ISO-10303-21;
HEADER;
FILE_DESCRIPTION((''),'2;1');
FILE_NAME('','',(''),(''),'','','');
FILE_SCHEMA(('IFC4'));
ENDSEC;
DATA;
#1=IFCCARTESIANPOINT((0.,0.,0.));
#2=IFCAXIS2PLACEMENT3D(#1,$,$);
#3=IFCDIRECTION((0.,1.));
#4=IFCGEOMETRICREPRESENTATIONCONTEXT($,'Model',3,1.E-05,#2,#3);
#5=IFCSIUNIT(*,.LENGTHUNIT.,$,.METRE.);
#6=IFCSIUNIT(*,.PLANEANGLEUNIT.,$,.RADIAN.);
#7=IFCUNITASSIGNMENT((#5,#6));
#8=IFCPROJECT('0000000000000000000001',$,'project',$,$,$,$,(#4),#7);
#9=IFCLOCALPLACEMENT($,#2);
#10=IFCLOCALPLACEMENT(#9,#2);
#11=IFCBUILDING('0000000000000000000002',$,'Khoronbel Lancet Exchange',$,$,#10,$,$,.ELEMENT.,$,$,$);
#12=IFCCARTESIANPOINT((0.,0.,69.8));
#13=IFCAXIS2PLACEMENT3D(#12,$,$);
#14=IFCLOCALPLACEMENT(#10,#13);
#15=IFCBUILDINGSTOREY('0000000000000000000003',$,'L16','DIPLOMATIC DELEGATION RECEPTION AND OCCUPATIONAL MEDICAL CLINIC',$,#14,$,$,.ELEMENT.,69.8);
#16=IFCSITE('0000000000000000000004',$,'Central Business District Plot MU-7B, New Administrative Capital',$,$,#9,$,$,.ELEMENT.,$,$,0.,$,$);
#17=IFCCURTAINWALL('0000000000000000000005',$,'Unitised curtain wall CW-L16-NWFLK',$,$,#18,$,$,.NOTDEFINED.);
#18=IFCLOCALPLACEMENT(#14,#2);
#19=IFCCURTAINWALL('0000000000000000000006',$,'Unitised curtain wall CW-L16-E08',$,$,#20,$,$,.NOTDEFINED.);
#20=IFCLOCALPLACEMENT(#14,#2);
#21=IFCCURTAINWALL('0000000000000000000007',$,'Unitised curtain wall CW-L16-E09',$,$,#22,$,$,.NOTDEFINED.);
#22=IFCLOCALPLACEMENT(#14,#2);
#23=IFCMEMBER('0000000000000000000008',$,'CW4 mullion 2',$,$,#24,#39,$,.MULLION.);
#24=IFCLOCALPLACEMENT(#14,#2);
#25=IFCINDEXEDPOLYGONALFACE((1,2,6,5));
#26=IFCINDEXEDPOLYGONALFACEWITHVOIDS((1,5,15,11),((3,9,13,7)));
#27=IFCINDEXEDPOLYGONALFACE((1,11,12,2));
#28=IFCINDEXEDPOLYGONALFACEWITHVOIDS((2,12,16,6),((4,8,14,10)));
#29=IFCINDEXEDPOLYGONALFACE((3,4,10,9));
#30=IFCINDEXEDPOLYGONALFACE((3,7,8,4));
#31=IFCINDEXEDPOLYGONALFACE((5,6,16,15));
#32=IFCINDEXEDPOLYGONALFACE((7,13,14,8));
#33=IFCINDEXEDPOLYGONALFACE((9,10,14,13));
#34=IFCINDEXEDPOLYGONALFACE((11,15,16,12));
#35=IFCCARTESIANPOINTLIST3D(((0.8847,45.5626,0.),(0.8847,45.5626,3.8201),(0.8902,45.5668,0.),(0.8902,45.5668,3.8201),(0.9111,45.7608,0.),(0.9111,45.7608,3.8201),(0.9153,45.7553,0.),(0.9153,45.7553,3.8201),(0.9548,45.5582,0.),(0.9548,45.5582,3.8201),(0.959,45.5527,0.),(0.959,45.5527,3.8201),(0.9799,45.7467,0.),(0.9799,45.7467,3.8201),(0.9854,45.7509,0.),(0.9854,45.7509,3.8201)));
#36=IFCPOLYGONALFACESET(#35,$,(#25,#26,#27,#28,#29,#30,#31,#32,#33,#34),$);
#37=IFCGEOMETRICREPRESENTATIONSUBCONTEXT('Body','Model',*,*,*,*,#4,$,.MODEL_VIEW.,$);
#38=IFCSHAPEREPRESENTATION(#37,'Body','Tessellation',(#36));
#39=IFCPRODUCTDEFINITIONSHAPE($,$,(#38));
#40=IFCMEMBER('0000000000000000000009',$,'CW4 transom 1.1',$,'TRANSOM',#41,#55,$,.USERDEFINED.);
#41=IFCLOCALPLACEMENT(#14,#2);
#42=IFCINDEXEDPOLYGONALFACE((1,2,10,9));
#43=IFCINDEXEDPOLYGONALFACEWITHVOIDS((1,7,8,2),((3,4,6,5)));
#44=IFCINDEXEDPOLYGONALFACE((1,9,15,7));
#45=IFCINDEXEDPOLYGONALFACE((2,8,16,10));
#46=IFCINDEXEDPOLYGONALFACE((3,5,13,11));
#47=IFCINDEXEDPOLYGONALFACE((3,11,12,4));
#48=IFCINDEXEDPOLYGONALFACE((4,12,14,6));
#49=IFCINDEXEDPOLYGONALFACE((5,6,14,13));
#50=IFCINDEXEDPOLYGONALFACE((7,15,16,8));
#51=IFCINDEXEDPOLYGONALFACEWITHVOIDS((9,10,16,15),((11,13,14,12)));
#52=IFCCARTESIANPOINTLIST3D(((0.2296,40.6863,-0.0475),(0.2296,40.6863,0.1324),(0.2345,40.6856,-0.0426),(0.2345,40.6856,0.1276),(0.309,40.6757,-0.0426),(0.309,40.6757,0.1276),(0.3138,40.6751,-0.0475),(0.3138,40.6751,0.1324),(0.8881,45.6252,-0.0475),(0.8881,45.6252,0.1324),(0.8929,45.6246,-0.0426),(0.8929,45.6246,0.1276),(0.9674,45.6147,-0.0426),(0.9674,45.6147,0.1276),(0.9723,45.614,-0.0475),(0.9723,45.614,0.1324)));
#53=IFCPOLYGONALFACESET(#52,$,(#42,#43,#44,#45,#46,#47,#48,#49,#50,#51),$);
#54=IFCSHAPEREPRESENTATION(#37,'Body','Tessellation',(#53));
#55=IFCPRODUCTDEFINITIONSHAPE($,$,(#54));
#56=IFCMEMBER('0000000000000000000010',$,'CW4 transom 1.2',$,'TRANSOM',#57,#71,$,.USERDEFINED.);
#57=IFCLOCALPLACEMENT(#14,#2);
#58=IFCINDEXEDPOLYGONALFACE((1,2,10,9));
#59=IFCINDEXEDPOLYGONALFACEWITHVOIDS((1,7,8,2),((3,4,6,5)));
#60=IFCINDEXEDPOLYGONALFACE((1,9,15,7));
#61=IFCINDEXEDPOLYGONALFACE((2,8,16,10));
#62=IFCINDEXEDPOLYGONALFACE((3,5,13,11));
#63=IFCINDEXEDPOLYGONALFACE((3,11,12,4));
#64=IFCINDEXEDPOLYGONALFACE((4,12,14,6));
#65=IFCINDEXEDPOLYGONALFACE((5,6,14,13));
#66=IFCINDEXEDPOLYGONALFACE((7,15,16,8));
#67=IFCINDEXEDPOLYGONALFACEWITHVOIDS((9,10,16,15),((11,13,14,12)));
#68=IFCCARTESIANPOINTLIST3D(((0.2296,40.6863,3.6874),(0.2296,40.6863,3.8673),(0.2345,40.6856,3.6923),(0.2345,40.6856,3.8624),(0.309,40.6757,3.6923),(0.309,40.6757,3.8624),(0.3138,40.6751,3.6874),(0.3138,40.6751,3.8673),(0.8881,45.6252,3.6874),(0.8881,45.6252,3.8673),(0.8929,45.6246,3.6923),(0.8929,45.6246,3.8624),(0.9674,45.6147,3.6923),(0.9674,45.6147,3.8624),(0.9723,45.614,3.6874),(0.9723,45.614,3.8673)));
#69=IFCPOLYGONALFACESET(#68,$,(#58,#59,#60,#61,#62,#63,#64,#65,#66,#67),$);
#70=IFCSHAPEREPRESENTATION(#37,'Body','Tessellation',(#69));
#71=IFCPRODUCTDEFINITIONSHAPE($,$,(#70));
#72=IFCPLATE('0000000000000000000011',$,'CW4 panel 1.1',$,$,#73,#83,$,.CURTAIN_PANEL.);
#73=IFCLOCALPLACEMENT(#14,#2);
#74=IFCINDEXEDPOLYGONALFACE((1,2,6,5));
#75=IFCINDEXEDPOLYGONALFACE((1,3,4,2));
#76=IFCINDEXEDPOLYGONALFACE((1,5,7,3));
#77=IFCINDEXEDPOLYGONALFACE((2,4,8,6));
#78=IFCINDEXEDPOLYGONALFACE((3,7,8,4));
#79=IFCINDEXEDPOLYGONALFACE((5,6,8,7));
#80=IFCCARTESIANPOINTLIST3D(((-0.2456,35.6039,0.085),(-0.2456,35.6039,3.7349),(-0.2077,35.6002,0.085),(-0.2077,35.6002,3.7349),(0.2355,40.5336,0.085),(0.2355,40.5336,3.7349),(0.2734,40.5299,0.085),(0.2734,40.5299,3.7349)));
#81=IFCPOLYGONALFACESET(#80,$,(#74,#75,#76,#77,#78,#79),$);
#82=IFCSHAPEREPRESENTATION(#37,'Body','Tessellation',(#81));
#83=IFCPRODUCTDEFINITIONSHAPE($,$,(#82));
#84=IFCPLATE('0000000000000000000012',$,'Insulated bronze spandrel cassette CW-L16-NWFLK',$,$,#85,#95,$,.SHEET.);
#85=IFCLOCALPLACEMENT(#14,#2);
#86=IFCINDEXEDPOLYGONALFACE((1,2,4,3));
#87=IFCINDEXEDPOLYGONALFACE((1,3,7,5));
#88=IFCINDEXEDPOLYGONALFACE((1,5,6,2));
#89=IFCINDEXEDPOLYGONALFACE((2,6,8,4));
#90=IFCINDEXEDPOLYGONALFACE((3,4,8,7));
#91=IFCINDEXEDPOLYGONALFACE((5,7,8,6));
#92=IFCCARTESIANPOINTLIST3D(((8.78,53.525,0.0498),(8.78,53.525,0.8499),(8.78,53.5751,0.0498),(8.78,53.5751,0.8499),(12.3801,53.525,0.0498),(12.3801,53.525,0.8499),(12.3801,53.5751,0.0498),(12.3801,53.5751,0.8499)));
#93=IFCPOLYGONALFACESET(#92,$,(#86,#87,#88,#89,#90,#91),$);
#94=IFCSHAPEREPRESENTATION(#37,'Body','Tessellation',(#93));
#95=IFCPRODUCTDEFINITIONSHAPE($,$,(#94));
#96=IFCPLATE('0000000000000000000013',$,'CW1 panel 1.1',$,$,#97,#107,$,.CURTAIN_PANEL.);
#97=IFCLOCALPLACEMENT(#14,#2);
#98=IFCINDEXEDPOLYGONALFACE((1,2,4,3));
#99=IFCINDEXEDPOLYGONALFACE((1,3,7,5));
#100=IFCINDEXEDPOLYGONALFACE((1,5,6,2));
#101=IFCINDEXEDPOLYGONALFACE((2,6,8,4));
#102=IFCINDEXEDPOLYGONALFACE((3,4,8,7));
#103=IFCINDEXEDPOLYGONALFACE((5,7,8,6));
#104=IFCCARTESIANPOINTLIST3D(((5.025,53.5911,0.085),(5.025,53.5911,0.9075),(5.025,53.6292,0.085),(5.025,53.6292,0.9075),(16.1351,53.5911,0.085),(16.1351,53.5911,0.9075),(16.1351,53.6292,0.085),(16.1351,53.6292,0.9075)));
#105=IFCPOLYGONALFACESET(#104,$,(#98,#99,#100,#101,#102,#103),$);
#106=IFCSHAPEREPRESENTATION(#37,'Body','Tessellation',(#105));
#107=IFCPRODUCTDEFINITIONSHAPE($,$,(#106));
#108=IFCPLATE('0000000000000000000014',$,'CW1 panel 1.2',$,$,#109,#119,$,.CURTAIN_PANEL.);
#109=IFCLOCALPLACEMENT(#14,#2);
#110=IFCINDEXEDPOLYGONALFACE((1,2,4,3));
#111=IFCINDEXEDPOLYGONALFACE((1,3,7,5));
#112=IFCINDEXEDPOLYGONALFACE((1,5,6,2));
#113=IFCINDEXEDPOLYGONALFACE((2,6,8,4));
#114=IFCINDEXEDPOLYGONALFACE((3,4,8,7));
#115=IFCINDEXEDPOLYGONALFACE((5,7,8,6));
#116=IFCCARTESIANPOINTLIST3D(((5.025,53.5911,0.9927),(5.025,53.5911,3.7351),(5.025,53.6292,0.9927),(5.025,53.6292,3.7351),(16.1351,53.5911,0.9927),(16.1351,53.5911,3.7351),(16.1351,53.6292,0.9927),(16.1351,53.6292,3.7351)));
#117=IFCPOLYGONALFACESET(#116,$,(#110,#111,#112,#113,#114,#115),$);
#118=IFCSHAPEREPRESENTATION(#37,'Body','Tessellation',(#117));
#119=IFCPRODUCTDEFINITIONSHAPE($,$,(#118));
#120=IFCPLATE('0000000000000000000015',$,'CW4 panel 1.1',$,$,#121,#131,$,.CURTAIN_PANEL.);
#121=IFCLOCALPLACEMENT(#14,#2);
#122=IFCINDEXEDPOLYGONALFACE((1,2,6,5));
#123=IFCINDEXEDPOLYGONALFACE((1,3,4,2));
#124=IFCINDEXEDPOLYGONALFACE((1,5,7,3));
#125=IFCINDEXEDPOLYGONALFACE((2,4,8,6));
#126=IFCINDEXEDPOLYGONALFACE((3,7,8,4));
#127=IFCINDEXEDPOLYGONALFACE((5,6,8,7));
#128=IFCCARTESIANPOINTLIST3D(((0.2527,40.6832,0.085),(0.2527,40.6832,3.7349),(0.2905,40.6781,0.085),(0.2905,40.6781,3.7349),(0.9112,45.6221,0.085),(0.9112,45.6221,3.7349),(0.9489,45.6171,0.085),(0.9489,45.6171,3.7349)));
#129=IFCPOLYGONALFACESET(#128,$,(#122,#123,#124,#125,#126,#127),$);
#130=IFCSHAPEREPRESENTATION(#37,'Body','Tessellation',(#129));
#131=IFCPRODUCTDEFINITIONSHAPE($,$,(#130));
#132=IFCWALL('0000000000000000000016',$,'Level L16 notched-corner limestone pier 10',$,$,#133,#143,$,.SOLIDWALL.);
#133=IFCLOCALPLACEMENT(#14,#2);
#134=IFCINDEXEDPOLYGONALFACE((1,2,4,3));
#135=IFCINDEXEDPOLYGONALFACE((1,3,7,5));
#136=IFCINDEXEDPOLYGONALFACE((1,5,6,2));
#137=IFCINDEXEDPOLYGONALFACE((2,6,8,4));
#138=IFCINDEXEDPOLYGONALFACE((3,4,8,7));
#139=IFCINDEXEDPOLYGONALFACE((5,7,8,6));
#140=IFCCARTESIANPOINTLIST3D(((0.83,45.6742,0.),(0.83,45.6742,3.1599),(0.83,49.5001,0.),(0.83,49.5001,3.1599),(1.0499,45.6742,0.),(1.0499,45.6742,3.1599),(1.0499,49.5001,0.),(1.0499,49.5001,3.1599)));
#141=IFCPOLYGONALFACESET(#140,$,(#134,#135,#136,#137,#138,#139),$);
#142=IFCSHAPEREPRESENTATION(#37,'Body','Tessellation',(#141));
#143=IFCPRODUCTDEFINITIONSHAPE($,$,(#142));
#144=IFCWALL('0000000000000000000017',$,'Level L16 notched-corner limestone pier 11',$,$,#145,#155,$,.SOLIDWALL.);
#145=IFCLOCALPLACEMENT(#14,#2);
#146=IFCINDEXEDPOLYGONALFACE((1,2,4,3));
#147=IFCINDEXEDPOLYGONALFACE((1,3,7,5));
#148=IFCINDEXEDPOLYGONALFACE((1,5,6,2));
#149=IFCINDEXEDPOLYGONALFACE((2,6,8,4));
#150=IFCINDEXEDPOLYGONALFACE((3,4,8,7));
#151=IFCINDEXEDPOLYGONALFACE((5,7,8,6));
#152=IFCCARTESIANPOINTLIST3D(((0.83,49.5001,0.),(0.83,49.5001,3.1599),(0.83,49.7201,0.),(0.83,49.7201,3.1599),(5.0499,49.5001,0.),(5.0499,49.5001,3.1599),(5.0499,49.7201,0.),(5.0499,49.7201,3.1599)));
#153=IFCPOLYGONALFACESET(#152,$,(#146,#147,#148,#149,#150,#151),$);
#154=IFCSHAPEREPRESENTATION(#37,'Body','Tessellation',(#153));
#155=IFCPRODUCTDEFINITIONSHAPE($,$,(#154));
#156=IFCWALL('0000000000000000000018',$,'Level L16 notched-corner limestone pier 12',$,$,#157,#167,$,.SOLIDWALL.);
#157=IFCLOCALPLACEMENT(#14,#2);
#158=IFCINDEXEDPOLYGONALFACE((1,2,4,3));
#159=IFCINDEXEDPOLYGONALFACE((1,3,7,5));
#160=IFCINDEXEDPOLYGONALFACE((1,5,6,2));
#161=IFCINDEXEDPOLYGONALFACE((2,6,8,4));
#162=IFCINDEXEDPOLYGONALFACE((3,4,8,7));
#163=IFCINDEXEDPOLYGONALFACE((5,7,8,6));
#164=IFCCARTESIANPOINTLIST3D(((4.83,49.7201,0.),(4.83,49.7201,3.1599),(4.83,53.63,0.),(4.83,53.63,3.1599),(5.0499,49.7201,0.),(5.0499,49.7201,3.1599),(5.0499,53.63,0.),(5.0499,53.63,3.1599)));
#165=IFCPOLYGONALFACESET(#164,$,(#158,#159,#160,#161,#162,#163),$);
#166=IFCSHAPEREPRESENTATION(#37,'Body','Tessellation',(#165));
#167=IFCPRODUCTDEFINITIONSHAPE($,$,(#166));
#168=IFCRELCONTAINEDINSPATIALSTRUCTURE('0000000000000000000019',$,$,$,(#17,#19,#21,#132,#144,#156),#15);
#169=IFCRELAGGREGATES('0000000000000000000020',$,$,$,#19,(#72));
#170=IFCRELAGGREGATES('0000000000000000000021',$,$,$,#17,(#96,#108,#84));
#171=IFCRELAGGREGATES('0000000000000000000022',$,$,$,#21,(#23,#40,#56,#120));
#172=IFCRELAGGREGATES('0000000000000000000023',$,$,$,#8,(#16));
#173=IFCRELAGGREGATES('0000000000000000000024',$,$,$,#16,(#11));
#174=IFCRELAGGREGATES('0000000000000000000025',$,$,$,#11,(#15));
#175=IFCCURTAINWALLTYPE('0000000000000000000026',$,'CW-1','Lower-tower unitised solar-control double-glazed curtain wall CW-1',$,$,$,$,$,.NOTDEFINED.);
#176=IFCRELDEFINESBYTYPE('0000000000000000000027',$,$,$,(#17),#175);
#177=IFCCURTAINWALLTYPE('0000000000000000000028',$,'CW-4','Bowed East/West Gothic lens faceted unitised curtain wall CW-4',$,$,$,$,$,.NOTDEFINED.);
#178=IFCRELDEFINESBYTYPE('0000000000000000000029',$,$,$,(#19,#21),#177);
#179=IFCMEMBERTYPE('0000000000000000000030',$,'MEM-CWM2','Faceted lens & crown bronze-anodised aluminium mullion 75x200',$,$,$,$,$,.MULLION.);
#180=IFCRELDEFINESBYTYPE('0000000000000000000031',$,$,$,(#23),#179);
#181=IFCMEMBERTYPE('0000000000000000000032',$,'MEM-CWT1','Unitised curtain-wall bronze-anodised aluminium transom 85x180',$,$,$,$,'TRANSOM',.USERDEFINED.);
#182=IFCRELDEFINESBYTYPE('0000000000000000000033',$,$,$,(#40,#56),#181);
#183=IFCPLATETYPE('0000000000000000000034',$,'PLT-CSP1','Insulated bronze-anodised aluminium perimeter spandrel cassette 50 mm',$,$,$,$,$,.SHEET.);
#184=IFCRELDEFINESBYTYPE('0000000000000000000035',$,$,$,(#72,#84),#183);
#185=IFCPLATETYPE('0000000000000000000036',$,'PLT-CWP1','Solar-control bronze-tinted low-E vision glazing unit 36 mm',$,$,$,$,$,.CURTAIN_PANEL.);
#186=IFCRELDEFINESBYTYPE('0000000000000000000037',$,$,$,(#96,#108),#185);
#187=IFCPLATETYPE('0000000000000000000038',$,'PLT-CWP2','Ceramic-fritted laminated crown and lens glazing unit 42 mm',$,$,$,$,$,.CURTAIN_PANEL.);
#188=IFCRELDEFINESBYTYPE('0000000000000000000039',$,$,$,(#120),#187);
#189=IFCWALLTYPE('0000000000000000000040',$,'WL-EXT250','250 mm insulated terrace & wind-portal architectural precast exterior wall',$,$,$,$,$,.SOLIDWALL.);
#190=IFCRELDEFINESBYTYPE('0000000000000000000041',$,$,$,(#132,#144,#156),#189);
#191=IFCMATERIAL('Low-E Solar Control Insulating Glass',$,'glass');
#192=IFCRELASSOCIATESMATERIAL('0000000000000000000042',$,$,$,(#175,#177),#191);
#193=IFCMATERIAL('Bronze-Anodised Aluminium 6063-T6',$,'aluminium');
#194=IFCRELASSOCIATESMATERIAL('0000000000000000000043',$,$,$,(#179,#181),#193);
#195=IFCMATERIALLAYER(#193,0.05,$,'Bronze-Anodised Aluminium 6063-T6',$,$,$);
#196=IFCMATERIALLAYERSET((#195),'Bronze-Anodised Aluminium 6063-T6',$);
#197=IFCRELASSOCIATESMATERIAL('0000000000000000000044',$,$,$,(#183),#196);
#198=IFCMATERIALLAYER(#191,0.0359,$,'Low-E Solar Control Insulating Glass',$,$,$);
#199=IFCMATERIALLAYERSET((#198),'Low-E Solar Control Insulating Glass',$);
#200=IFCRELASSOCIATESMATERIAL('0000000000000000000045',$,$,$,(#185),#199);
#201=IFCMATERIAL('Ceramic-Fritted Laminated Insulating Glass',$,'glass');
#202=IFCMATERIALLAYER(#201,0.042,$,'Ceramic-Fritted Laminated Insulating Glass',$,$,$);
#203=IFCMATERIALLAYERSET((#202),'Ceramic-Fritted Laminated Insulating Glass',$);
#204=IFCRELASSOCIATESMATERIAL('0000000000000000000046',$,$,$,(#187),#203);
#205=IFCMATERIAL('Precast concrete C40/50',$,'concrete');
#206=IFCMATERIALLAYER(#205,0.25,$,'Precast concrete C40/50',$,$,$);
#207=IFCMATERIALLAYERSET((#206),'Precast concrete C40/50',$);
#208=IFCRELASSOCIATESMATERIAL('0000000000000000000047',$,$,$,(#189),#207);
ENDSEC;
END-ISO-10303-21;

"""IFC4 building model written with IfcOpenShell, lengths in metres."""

from ifc_helpers import new_model, si_unit, direction, frame, frame_2d, origin, origin_2d, place, context, subcontext, project, spatial, rectangle, hollow_rectangle, extrude, material, layer, layer_set, material_profile, profile_set, type_object, element, aggregate, save


model = new_model("IFC4")

# Units and contexts
model_context = context("Model", 3, precision=1e-05, world=origin(), true_north=direction((0.0, 1.0)))
body_context = subcontext(model_context, "Body", "Model", "MODEL_VIEW")
ifc_project = project(units=[si_unit("LENGTHUNIT", "METRE"), si_unit("PLANEANGLEUNIT", "RADIAN")], contexts=[model_context])

# Site, building, storey
site_placement = place(None, origin())
site = spatial("IfcSite", under=ifc_project, at=site_placement, Name="Central Business District Plot MU-7B, New Administrative Capital", CompositionType="ELEMENT", RefElevation=0.0)
building_placement = place(site_placement, origin())
building = spatial("IfcBuilding", under=site, at=building_placement, Name="Khoronbel Lancet Exchange", CompositionType="ELEMENT")
storey_placement = place(building_placement, frame((0.0, 0.0, 69.8)))
storey = spatial("IfcBuildingStorey", under=building, at=storey_placement, Name="L16", Description="DIPLOMATIC DELEGATION RECEPTION AND OCCUPATIONAL MEDICAL CLINIC", CompositionType="ELEMENT", Elevation=69.8)

# Curtain walls
ifc_material_1 = material(Name="Low-E Solar Control Insulating Glass", Category="glass")
curtain_wall_type_1 = type_object("IfcCurtainWallType", Name="CW-1", Description="Lower-tower unitised solar-control double-glazed curtain wall CW-1", PredefinedType="NOTDEFINED", material=ifc_material_1)
curtain_wall_1_placement = place(storey_placement, origin())
curtain_wall_1 = element("IfcCurtainWall", 1, at=curtain_wall_1_placement, inside=storey, type_object=curtain_wall_type_1, Name="Unitised curtain wall CW-L16-NWFLK", PredefinedType="NOTDEFINED")
ifc_material_2 = material(Name="Bronze-Anodised Aluminium 6063-T6", Category="aluminium")
curtain_wall_type_2 = type_object("IfcCurtainWallType", Name="CW-4", Description="Bowed East/West Gothic lens faceted unitised curtain wall CW-4", PredefinedType="NOTDEFINED", material=ifc_material_1)
curtain_wall_2_placement = place(storey_placement, origin())
curtain_wall_2 = element("IfcCurtainWall", 2, at=curtain_wall_2_placement, inside=storey, type_object=curtain_wall_type_2, Name="Unitised curtain wall CW-L16-E08", PredefinedType="NOTDEFINED")
ifc_material_profile_1 = material_profile(ifc_material_2, hollow_rectangle(XDim=0.075, YDim=0.2, WallThickness=0.0049, at=origin_2d()), Name="ALU MULLION 75x200")
ifc_profile_set_1 = profile_set([ifc_material_profile_1], Name="Bronze-Anodised Aluminium 6063-T6")
member_type_1 = type_object("IfcMemberType", Name="MEM-CWM2", Description="Faceted lens & crown bronze-anodised aluminium mullion 75x200", PredefinedType="MULLION", material=ifc_profile_set_1)

# Curtain wall, members
curtain_wall_3_placement = place(storey_placement, origin())
curtain_wall_3 = element("IfcCurtainWall", 3, at=curtain_wall_3_placement, inside=storey, type_object=curtain_wall_type_2, Name="Unitised curtain wall CW-L16-E09", PredefinedType="NOTDEFINED")
member_1_placement = place(storey_placement, frame((0.9351, 45.6567, 0.0), z_axis=(0.0, 0.0, 1.0), x_axis=(-0.991229, 0.132155, 0.0)))
member_1 = element("IfcMember", 4, at=member_1_placement, type_object=member_type_1, Name="CW4 mullion 2", PredefinedType="MULLION", context=body_context, shape_type="SweptSolid", body=[
    extrude(hollow_rectangle(XDim=0.075, YDim=0.2, WallThickness=0.0049, at=origin_2d()), origin(), (0.0, 0.0, 1.0), 3.8201),
])
ifc_material_profile_2 = material_profile(ifc_material_2, hollow_rectangle(XDim=0.085, YDim=0.1799, WallThickness=0.0049, at=origin_2d()), Name="ALU TRANSOM 85x180")
ifc_profile_set_2 = profile_set([ifc_material_profile_2], Name="Bronze-Anodised Aluminium 6063-T6")
member_type_2 = type_object("IfcMemberType", Name="MEM-CWT1", Description="Unitised curtain-wall bronze-anodised aluminium transom 85x180", ElementType="TRANSOM", PredefinedType="USERDEFINED", material=ifc_profile_set_2)
member_2_placement = place(storey_placement, frame((0.2717, 40.6807, 0.0425), z_axis=(0.132148, 0.99123, 0.0), x_axis=(-0.99123, 0.132148, 0.0)))
member_2 = element("IfcMember", 5, at=member_2_placement, type_object=member_type_2, Name="CW4 transom 1.1", ObjectType="TRANSOM", PredefinedType="USERDEFINED", context=body_context, shape_type="SweptSolid", body=[
    extrude(hollow_rectangle(XDim=0.085, YDim=0.1799, WallThickness=0.0049, at=origin_2d()), origin(), (0.0, 0.0, 1.0), 4.9827),
])
member_3_placement = place(storey_placement, frame((0.2717, 40.6807, 3.7773), z_axis=(0.132148, 0.99123, 0.0), x_axis=(-0.99123, 0.132148, 0.0)))
member_3 = element("IfcMember", 6, at=member_3_placement, type_object=member_type_2, Name="CW4 transom 1.2", ObjectType="TRANSOM", PredefinedType="USERDEFINED", context=body_context, shape_type="SweptSolid", body=[
    extrude(hollow_rectangle(XDim=0.085, YDim=0.1799, WallThickness=0.0049, at=origin_2d()), origin(), (0.0, 0.0, 1.0), 4.9827),
])

# Plates
ifc_layer_1 = layer(ifc_material_2, 0.05, Name="Bronze-Anodised Aluminium 6063-T6")
ifc_layer_set_1 = layer_set([ifc_layer_1], Name="Bronze-Anodised Aluminium 6063-T6")
plate_type_1 = type_object("IfcPlateType", Name="PLT-CSP1", Description="Insulated bronze-anodised aluminium perimeter spandrel cassette 50 mm", PredefinedType="SHEET", material=ifc_layer_set_1)
plate_1_placement = place(storey_placement, frame((0.0139, 38.0669, 0.085), z_axis=(0.0, 0.0, 1.0), x_axis=(0.097135, 0.995271, 0.0)))
plate_1 = element("IfcPlate", 7, at=plate_1_placement, type_object=plate_type_1, Name="CW4 panel 1.1", PredefinedType="CURTAIN_PANEL", context=body_context, shape_type="SweptSolid", body=[
    extrude(rectangle(XDim=4.9531, YDim=0.0381, at=origin_2d()), origin(), (0.0, 0.0, 1.0), 3.6499),
])
aggregate(curtain_wall_2, [plate_1])
plate_2_placement = place(storey_placement, frame((10.5801, 53.55, 0.0498), z_axis=(0.0, 0.0, 1.0), x_axis=(-1.0, 0.0, 0.0)))
plate_2 = element("IfcPlate", 8, at=plate_2_placement, type_object=plate_type_1, Name="Insulated bronze spandrel cassette CW-L16-NWFLK", PredefinedType="SHEET", context=body_context, shape_type="SweptSolid", body=[
    extrude(rectangle(XDim=3.6001, YDim=0.05, at=origin_2d()), origin(), (0.0, 0.0, 1.0), 0.8),
])
ifc_layer_2 = layer(ifc_material_1, 0.0359, Name="Low-E Solar Control Insulating Glass")
ifc_layer_set_2 = layer_set([ifc_layer_2], Name="Low-E Solar Control Insulating Glass")
plate_type_2 = type_object("IfcPlateType", Name="PLT-CWP1", Description="Solar-control bronze-tinted low-E vision glazing unit 36 mm", PredefinedType="CURTAIN_PANEL", material=ifc_layer_set_2)
plate_3_placement = place(storey_placement, frame((10.5801, 53.6101, 0.085), z_axis=(0.0, 0.0, 1.0), x_axis=(-1.0, 0.0, 0.0)))
plate_3 = element("IfcPlate", 9, at=plate_3_placement, type_object=plate_type_2, Name="CW1 panel 1.1", PredefinedType="CURTAIN_PANEL", context=body_context, shape_type="SweptSolid", body=[
    extrude(rectangle(XDim=11.1101, YDim=0.0381, at=origin_2d()), origin(), (0.0, 0.0, 1.0), 0.8225),
])
plate_4_placement = place(storey_placement, frame((10.5801, 53.6101, 0.9927), z_axis=(0.0, 0.0, 1.0), x_axis=(-1.0, 0.0, 0.0)))
plate_4 = element("IfcPlate", 10, at=plate_4_placement, type_object=plate_type_2, Name="CW1 panel 1.2", PredefinedType="CURTAIN_PANEL", context=body_context, shape_type="SweptSolid", body=[
    extrude(rectangle(XDim=11.1101, YDim=0.0381, at=origin_2d()), origin(), (0.0, 0.0, 1.0), 2.7424),
])
aggregate(curtain_wall_1, [plate_3, plate_4, plate_2])
ifc_material_3 = material(Name="Ceramic-Fritted Laminated Insulating Glass", Category="glass")
ifc_layer_3 = layer(ifc_material_3, 0.042, Name="Ceramic-Fritted Laminated Insulating Glass")
ifc_layer_set_3 = layer_set([ifc_layer_3], Name="Ceramic-Fritted Laminated Insulating Glass")
plate_type_3 = type_object("IfcPlateType", Name="PLT-CWP2", Description="Ceramic-fritted laminated crown and lens glazing unit 42 mm", PredefinedType="CURTAIN_PANEL", material=ifc_layer_set_3)
plate_5_placement = place(storey_placement, frame((0.6008, 43.1501, 0.085), z_axis=(0.0, 0.0, 1.0), x_axis=(0.132155, 0.991229, 0.0)))
plate_5 = element("IfcPlate", 11, at=plate_5_placement, type_object=plate_type_3, Name="CW4 panel 1.1", PredefinedType="CURTAIN_PANEL", context=body_context, shape_type="SweptSolid", body=[
    extrude(rectangle(XDim=4.9827, YDim=0.0381, at=origin_2d()), origin(), (0.0, 0.0, 1.0), 3.6499),
])
aggregate(curtain_wall_3, [member_1, member_2, member_3, plate_5])

# Walls
ifc_material_4 = material(Name="Precast concrete C40/50", Category="concrete")
ifc_layer_4 = layer(ifc_material_4, 0.25, Name="Precast concrete C40/50")
ifc_layer_set_4 = layer_set([ifc_layer_4], Name="Precast concrete C40/50")
wall_type_1 = type_object("IfcWallType", Name="WL-EXT250", Description="250 mm insulated terrace & wind-portal architectural precast exterior wall", PredefinedType="SOLIDWALL", material=ifc_layer_set_4)
wall_1_placement = place(storey_placement, frame((0.9399, 45.6741, 0.0), z_axis=(0.0, 0.0, 1.0), x_axis=(0.0, 1.0, 0.0)))
element("IfcWall", 12, at=wall_1_placement, inside=storey, type_object=wall_type_1, Name="Level L16 notched-corner limestone pier 10", PredefinedType="SOLIDWALL", context=body_context, shape_type="SweptSolid", body=[
    extrude(rectangle(XDim=3.8259, YDim=0.22, at=frame_2d((1.9131, 0.0))), origin(), (0.0, 0.0, 1.0), 3.1599),
])
wall_2_placement = place(storey_placement, frame((0.8301, 49.6101, 0.0), z_axis=(0.0, 0.0, 1.0), x_axis=(1.0, 0.0, 0.0)))
element("IfcWall", 13, at=wall_2_placement, inside=storey, type_object=wall_type_1, Name="Level L16 notched-corner limestone pier 11", PredefinedType="SOLIDWALL", context=body_context, shape_type="SweptSolid", body=[
    extrude(rectangle(XDim=4.22, YDim=0.22, at=frame_2d((2.1099, 0.0))), origin(), (0.0, 0.0, 1.0), 3.1599),
])
wall_3_placement = place(storey_placement, frame((4.9399, 49.72, 0.0), z_axis=(0.0, 0.0, 1.0), x_axis=(0.0, 1.0, 0.0)))
element("IfcWall", 14, at=wall_3_placement, inside=storey, type_object=wall_type_1, Name="Level L16 notched-corner limestone pier 12", PredefinedType="SOLIDWALL", context=body_context, shape_type="SweptSolid", body=[
    extrude(rectangle(XDim=3.9099, YDim=0.22, at=frame_2d((1.9551, 0.0))), origin(), (0.0, 0.0, 1.0), 3.1599),
])

save(model, "model.ifc")
